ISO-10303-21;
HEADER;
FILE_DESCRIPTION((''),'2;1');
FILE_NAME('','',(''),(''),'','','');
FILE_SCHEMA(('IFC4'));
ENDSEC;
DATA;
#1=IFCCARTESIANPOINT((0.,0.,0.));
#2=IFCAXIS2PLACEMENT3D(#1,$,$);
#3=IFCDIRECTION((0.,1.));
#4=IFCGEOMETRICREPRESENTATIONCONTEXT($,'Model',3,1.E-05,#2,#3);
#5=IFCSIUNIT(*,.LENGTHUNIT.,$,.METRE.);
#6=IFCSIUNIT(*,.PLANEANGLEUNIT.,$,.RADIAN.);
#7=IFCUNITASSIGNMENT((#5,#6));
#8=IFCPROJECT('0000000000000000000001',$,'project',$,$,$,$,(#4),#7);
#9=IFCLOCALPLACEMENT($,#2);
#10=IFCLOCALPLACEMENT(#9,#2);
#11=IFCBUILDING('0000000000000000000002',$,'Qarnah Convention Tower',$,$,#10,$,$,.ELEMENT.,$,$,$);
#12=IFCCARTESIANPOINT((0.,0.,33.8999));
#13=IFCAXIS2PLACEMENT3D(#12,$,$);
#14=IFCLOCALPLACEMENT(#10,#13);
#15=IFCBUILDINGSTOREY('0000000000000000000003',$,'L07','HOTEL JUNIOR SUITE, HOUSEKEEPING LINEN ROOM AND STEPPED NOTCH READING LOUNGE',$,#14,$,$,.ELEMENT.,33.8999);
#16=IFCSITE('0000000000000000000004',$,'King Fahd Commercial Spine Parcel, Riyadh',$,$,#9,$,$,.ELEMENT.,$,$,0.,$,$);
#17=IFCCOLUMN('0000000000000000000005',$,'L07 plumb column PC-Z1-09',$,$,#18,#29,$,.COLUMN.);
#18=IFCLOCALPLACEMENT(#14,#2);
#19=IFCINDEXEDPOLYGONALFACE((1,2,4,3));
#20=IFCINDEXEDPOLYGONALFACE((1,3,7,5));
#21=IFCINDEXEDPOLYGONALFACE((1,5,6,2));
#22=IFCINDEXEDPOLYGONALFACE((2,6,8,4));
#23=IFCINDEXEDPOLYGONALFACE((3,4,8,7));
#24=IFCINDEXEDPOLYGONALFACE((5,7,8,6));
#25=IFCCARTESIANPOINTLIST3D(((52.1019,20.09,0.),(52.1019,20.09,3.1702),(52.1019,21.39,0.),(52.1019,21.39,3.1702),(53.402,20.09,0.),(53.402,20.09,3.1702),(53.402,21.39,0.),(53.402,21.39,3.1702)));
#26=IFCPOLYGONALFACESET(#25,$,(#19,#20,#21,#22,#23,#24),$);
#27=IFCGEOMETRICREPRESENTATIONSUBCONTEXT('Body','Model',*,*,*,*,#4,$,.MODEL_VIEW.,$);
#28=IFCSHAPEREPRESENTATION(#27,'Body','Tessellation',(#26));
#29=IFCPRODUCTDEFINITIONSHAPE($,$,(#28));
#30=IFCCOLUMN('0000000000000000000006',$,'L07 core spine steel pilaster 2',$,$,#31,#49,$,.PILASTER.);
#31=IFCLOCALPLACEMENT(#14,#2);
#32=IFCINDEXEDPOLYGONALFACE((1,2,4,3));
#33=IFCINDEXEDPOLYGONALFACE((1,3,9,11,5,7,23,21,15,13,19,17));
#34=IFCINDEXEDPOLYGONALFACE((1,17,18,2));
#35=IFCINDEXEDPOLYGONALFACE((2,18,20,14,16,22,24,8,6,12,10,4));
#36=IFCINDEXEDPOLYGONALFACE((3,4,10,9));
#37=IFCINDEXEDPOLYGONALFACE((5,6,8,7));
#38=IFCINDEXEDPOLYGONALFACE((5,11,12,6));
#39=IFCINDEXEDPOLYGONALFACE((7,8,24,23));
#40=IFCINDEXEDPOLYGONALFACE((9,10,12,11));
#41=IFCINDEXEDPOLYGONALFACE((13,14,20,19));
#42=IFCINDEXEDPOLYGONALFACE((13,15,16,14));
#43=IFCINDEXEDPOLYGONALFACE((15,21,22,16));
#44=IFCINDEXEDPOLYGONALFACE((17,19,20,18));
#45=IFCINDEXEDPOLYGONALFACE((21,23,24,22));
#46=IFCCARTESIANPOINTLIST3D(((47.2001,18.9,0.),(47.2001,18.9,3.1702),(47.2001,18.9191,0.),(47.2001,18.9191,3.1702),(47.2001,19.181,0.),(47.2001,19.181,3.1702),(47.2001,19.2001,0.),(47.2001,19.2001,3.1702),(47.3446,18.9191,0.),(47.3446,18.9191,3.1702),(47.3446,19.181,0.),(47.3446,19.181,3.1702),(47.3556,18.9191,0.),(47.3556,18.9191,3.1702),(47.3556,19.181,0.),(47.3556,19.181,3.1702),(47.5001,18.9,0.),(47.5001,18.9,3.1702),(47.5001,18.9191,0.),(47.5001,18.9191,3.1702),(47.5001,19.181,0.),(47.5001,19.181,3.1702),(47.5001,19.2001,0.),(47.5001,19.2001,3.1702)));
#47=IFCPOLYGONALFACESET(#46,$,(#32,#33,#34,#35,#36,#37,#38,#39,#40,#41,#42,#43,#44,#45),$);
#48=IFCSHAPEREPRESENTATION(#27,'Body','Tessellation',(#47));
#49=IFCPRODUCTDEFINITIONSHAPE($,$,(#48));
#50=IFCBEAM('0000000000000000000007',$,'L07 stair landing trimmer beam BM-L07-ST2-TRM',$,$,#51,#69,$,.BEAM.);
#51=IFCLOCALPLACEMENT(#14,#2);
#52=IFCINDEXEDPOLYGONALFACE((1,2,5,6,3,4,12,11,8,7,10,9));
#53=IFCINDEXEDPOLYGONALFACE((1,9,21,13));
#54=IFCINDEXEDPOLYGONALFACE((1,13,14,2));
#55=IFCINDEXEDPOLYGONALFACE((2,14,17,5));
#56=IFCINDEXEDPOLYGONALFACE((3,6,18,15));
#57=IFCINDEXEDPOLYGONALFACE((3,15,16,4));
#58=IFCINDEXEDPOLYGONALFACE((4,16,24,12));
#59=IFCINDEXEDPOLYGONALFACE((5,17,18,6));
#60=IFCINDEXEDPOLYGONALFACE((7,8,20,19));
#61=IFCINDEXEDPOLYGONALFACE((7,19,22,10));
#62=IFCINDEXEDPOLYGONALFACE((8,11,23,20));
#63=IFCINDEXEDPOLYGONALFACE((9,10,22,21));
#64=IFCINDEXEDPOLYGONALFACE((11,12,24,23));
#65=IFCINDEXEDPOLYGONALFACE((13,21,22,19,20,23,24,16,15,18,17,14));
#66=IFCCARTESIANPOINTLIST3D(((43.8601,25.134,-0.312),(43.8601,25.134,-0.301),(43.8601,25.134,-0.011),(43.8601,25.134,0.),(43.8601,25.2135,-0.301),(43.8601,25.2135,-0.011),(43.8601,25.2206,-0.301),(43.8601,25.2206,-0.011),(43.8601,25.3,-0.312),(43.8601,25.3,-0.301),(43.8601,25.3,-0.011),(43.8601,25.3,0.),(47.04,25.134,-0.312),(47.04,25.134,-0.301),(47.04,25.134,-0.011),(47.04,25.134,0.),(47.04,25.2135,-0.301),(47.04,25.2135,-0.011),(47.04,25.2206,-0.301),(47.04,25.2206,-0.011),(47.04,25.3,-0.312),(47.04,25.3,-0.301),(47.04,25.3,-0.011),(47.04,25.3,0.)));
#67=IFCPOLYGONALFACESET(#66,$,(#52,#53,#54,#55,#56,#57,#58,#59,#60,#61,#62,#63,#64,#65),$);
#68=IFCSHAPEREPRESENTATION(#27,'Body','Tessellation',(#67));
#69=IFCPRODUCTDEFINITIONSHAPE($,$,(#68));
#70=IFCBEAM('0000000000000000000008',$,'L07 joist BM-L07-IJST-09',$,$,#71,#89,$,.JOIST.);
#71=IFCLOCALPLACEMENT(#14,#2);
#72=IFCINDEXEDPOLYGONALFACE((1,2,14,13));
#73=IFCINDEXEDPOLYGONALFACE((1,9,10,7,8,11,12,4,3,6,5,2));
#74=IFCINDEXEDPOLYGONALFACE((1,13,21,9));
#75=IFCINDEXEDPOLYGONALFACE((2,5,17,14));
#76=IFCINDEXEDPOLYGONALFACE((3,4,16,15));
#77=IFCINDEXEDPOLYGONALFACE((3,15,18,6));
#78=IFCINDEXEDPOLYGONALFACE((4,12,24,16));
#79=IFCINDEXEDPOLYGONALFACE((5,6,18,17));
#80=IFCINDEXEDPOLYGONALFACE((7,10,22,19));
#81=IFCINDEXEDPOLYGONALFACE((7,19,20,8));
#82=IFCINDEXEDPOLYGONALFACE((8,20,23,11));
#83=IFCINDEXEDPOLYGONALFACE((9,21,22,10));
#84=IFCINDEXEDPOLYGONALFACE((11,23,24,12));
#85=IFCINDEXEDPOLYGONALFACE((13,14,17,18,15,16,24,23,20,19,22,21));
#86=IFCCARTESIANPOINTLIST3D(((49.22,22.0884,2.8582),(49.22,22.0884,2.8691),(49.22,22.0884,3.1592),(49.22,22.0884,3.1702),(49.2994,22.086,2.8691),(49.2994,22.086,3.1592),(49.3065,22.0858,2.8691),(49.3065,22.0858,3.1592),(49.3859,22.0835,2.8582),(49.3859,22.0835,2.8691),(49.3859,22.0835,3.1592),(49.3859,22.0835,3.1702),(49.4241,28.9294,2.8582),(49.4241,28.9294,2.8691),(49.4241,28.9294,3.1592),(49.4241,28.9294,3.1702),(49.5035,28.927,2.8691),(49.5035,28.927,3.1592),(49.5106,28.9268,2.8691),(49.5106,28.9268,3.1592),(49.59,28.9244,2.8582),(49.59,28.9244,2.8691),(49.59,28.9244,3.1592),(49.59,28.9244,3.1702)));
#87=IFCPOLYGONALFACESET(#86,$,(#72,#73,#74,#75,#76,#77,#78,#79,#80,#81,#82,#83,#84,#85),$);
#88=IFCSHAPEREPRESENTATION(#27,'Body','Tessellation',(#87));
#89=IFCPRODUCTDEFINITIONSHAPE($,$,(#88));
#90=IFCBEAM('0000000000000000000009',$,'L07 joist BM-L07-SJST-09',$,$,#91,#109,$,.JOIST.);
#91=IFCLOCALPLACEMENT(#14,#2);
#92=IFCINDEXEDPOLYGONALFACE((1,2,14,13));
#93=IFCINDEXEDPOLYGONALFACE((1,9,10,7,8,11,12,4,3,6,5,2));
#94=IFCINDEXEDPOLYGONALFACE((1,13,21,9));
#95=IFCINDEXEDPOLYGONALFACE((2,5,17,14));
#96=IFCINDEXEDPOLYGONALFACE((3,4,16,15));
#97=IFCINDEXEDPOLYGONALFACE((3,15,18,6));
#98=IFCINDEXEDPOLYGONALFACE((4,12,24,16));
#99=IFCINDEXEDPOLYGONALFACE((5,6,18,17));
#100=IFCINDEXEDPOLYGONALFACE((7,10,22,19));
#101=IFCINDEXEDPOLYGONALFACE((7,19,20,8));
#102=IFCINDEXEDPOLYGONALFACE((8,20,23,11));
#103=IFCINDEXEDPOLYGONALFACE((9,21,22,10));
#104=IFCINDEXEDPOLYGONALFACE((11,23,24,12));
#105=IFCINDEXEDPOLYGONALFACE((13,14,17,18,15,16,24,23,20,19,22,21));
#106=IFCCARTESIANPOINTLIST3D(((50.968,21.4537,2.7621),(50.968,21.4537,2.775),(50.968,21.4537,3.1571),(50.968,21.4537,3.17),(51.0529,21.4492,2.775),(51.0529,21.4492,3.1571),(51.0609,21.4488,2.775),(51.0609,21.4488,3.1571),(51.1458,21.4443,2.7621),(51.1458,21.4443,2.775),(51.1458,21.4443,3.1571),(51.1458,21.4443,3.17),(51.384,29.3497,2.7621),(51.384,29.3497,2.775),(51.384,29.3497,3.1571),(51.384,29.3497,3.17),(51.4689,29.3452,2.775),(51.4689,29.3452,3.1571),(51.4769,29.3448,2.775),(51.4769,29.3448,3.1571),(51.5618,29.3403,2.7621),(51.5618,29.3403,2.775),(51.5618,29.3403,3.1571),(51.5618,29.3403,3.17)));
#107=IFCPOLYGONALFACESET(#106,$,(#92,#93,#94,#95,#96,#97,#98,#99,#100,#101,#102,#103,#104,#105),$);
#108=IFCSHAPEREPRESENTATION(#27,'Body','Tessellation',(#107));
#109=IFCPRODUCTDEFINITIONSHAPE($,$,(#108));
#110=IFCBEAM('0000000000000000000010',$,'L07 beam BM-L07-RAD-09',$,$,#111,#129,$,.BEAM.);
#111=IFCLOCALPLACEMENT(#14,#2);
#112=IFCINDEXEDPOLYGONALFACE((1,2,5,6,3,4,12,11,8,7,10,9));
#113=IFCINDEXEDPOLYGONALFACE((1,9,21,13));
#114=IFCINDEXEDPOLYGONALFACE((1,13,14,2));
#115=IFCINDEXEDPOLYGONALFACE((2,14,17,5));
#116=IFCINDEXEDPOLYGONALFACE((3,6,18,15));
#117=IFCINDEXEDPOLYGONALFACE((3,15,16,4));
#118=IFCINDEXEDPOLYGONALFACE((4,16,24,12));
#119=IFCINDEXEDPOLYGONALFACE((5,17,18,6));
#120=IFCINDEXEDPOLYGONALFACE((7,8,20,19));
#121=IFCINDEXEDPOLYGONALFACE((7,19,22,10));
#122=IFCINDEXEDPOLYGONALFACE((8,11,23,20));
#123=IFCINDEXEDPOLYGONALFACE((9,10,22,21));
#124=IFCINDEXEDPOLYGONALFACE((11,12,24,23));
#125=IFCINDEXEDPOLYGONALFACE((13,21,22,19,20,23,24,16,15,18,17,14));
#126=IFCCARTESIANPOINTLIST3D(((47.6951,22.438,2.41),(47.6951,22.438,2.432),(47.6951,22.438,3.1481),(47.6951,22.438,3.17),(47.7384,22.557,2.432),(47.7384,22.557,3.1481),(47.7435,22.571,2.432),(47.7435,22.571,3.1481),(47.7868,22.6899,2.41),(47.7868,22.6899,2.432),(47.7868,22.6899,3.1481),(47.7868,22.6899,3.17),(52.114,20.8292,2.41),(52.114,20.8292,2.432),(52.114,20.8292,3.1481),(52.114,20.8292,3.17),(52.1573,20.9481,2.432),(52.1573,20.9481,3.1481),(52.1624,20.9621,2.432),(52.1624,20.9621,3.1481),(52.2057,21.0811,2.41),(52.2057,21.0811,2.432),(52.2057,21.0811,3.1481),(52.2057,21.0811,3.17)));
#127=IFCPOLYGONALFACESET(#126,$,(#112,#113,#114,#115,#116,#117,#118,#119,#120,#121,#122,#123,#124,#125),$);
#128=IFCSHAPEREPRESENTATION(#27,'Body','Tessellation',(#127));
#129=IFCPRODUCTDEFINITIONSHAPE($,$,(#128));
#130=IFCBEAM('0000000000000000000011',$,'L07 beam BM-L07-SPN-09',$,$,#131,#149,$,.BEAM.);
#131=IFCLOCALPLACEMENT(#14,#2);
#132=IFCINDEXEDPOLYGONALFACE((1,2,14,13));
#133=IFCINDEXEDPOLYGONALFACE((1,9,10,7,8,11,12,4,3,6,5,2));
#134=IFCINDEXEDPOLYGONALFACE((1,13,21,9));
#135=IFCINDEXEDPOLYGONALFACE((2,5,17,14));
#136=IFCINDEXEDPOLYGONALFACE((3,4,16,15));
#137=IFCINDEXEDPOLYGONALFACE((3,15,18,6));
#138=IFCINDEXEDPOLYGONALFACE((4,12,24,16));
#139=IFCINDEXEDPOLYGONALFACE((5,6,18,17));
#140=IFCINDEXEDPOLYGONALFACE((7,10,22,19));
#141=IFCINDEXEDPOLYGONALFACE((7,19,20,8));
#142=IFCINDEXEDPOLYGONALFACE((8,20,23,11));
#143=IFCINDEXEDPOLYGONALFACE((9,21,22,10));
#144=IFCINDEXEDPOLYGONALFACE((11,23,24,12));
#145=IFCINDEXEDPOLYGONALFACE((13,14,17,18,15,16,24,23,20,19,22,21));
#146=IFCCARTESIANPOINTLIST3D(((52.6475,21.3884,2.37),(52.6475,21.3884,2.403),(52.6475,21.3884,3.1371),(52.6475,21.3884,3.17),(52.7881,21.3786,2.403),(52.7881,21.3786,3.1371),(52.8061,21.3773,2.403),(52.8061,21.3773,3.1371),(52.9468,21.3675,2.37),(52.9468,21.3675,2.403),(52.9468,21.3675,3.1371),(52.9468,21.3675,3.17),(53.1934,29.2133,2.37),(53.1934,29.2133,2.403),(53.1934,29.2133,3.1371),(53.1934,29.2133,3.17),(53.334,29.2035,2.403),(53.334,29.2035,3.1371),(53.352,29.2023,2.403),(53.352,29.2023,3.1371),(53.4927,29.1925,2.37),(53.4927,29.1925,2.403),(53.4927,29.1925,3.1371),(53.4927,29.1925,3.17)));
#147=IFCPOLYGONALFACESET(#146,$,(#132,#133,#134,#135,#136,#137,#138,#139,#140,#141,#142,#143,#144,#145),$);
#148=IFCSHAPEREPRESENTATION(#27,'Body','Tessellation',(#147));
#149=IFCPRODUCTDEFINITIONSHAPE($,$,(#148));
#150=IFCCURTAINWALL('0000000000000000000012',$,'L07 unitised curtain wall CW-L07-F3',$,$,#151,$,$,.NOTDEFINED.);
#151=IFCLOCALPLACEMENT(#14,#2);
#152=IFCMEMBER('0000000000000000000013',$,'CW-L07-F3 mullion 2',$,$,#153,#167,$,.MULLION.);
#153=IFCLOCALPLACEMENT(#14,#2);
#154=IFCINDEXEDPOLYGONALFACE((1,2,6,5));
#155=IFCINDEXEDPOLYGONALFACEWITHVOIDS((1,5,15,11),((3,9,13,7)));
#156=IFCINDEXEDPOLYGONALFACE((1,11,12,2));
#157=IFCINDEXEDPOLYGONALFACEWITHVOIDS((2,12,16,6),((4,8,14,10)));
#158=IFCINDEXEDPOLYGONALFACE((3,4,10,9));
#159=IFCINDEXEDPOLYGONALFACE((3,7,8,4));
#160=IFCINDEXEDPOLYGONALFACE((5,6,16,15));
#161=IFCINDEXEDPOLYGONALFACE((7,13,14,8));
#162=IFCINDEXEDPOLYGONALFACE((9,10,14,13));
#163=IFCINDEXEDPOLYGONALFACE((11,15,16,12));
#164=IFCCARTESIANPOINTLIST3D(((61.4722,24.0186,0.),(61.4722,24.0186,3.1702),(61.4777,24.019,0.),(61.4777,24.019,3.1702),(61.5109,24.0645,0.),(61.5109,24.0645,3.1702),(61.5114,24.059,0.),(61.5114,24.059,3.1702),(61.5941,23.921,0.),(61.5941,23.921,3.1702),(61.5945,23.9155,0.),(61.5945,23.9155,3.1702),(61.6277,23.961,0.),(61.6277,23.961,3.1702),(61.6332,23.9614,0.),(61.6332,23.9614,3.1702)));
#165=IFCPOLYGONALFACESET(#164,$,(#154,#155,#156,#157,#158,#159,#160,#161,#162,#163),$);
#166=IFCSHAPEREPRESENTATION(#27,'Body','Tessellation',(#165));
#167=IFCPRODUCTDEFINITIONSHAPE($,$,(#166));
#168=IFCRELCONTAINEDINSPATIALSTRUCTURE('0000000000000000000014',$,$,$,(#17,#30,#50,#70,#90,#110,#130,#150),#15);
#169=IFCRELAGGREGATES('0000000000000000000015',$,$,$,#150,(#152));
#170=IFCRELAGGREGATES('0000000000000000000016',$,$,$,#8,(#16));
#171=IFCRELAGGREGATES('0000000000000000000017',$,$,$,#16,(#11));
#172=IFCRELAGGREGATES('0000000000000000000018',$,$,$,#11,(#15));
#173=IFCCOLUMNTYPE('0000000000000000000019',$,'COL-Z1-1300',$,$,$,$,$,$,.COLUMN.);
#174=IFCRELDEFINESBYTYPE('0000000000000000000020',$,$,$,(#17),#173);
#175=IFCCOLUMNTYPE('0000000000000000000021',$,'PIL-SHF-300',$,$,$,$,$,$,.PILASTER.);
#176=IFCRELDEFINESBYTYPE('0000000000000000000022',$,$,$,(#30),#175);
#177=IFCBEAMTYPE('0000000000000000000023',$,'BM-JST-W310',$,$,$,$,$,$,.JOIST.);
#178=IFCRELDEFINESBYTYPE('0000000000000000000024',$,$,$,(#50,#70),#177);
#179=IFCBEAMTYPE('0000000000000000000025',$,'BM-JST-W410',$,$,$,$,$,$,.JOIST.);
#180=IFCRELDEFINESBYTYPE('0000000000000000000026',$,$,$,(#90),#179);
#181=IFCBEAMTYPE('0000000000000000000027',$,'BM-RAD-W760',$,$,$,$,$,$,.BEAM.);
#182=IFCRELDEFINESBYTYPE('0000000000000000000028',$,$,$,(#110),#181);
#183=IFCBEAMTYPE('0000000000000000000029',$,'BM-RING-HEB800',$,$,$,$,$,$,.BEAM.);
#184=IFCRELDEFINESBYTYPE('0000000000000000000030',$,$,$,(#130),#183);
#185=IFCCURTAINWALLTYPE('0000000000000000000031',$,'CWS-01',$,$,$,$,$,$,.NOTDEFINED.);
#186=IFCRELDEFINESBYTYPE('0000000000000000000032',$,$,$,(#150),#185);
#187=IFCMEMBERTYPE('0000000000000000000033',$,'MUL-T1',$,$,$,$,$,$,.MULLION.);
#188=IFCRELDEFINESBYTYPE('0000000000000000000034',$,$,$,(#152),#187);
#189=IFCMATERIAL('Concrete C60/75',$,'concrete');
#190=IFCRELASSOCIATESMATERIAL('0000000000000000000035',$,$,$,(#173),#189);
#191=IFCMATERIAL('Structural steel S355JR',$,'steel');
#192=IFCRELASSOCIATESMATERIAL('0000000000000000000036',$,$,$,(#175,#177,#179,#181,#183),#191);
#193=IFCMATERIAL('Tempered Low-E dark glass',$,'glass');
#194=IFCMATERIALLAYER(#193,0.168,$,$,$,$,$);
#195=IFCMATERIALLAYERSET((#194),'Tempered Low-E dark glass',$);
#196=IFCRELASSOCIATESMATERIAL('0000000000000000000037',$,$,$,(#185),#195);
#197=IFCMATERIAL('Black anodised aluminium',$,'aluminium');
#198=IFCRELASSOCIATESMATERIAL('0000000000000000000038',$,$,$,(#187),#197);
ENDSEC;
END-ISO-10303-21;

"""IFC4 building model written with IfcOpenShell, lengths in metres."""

from ifc_helpers import new_model, si_unit, direction, frame, origin, origin_2d, place, context, subcontext, project, spatial, rectangle, hollow_rectangle, i_section, extrude, material, layer, layer_set, material_profile, profile_set, type_object, element, aggregate, save


model = new_model("IFC4")

# Units and contexts
model_context = context("Model", 3, precision=1e-05, world=origin(), true_north=direction((0.0, 1.0)))
body_context = subcontext(model_context, "Body", "Model", "MODEL_VIEW")
ifc_project = project(units=[si_unit("LENGTHUNIT", "METRE"), si_unit("PLANEANGLEUNIT", "RADIAN")], contexts=[model_context])

# Site, building, storey
site_placement = place(None, origin())
site = spatial("IfcSite", under=ifc_project, at=site_placement, Name="King Fahd Commercial Spine Parcel, Riyadh", CompositionType="ELEMENT", RefElevation=0.0)
building_placement = place(site_placement, origin())
building = spatial("IfcBuilding", under=site, at=building_placement, Name="Qarnah Convention Tower", CompositionType="ELEMENT")
storey_placement = place(building_placement, frame((0.0, 0.0, 33.8999)))
storey = spatial("IfcBuildingStorey", under=building, at=storey_placement, Name="L07", Description="HOTEL JUNIOR SUITE, HOUSEKEEPING LINEN ROOM AND STEPPED NOTCH READING LOUNGE", CompositionType="ELEMENT", Elevation=33.8999)

# Columns
ifc_material_1 = material(Name="Concrete C60/75", Category="concrete")
ifc_material_profile_1 = material_profile(ifc_material_1, rectangle(XDim=1.3, YDim=1.3, at=origin_2d()), Name="RC-COL-1300X1300")
ifc_profile_set_1 = profile_set([ifc_material_profile_1], Name="Concrete C60/75")
column_type_1 = type_object("IfcColumnType", Name="COL-Z1-1300", PredefinedType="COLUMN", material=ifc_profile_set_1)
column_1_placement = place(storey_placement, frame((52.752, 20.74, 0.0), z_axis=(0.0, 0.0, 1.0), x_axis=(1.0, 0.0, 0.0)))
element("IfcColumn", 1, at=column_1_placement, inside=storey, type_object=column_type_1, Name="L07 plumb column PC-Z1-09", PredefinedType="COLUMN", context=body_context, shape_type="SweptSolid", body=[
    extrude(rectangle(XDim=1.3, YDim=1.3, at=origin_2d()), origin(), (0.0, 0.0, 1.0), 3.1702),
])
ifc_material_2 = material(Name="Structural steel S355JR", Category="steel")
ifc_material_profile_2 = material_profile(ifc_material_2, i_section(OverallWidth=0.3, OverallDepth=0.3, WebThickness=0.011, FlangeThickness=0.019, at=origin_2d()), Name="HEB300")
ifc_profile_set_2 = profile_set([ifc_material_profile_2], Name="Structural steel S355JR")
column_type_2 = type_object("IfcColumnType", Name="PIL-SHF-300", PredefinedType="PILASTER", material=ifc_profile_set_2)
column_2_placement = place(storey_placement, frame((47.3501, 19.05, 0.0), z_axis=(0.0, 0.0, 1.0), x_axis=(1.0, 0.0, 0.0)))
element("IfcColumn", 2, at=column_2_placement, inside=storey, type_object=column_type_2, Name="L07 core spine steel pilaster 2", PredefinedType="PILASTER", context=body_context, shape_type="SweptSolid", body=[
    extrude(i_section(OverallWidth=0.3, OverallDepth=0.3, WebThickness=0.011, FlangeThickness=0.019, at=origin_2d()), origin(), (0.0, 0.0, 1.0), 3.1702),
])

# Beams
ifc_material_profile_3 = material_profile(ifc_material_2, i_section(OverallWidth=0.166, OverallDepth=0.312, WebThickness=0.0071, FlangeThickness=0.011, at=origin_2d()), Name="W310X45")
ifc_profile_set_3 = profile_set([ifc_material_profile_3], Name="Structural steel S355JR")
beam_type_1 = type_object("IfcBeamType", Name="BM-JST-W310", PredefinedType="JOIST", material=ifc_profile_set_3)
beam_1_placement = place(storey_placement, frame((43.8601, 25.217, -0.156), z_axis=(1.0, 0.0, 0.0), x_axis=(0.0, 1.0, 0.0)))
element("IfcBeam", 3, at=beam_1_placement, inside=storey, type_object=beam_type_1, Name="L07 stair landing trimmer beam BM-L07-ST2-TRM", PredefinedType="BEAM", context=body_context, shape_type="SweptSolid", body=[
    extrude(i_section(OverallWidth=0.166, OverallDepth=0.312, WebThickness=0.0071, FlangeThickness=0.011, at=origin_2d()), origin(), (0.0, 0.0, 1.0), 3.1799),
])
beam_2_placement = place(storey_placement, frame((49.303, 22.0859, 3.0142), z_axis=(0.029821, 0.999555, 0.0), x_axis=(-0.999555, 0.029821, 0.0)))
element("IfcBeam", 4, at=beam_2_placement, inside=storey, type_object=beam_type_1, Name="L07 joist BM-L07-IJST-09", PredefinedType="JOIST", context=body_context, shape_type="SweptSolid", body=[
    extrude(i_section(OverallWidth=0.166, OverallDepth=0.312, WebThickness=0.0071, FlangeThickness=0.011, at=origin_2d()), origin(), (0.0, 0.0, 1.0), 6.844),
])
ifc_material_profile_4 = material_profile(ifc_material_2, i_section(OverallWidth=0.178, OverallDepth=0.408, WebThickness=0.0081, FlangeThickness=0.0129, at=origin_2d()), Name="W410X60")
ifc_profile_set_4 = profile_set([ifc_material_profile_4], Name="Structural steel S355JR")
beam_type_2 = type_object("IfcBeamType", Name="BM-JST-W410", PredefinedType="JOIST", material=ifc_profile_set_4)
beam_3_placement = place(storey_placement, frame((51.0569, 21.449, 2.9661), z_axis=(0.052614, 0.998615, 0.0), x_axis=(-0.998615, 0.052614, 0.0)))
element("IfcBeam", 5, at=beam_3_placement, inside=storey, type_object=beam_type_2, Name="L07 joist BM-L07-SJST-09", PredefinedType="JOIST", context=body_context, shape_type="SweptSolid", body=[
    extrude(i_section(OverallWidth=0.178, OverallDepth=0.408, WebThickness=0.0081, FlangeThickness=0.0129, at=origin_2d()), origin(), (0.0, 0.0, 1.0), 7.907),
])
ifc_material_profile_5 = material_profile(ifc_material_2, i_section(OverallWidth=0.2681, OverallDepth=0.76, WebThickness=0.0149, FlangeThickness=0.022, at=origin_2d()), Name="W760X185")
ifc_profile_set_5 = profile_set([ifc_material_profile_5], Name="Structural steel S355JR")
beam_type_3 = type_object("IfcBeamType", Name="BM-RAD-W760", PredefinedType="BEAM", material=ifc_profile_set_5)
beam_4_placement = place(storey_placement, frame((47.741, 22.564, 2.79), z_axis=(0.939657, -0.342118, 0.0), x_axis=(0.342118, 0.939657, 0.0)))
element("IfcBeam", 6, at=beam_4_placement, inside=storey, type_object=beam_type_3, Name="L07 beam BM-L07-RAD-09", PredefinedType="BEAM", context=body_context, shape_type="SweptSolid", body=[
    extrude(i_section(OverallWidth=0.2681, OverallDepth=0.76, WebThickness=0.0149, FlangeThickness=0.022, at=origin_2d()), origin(), (0.0, 0.0, 1.0), 4.7026),
])
ifc_material_profile_6 = material_profile(ifc_material_2, i_section(OverallWidth=0.3, OverallDepth=0.8, WebThickness=0.0181, FlangeThickness=0.033, at=origin_2d()), Name="HEB800")
ifc_profile_set_6 = profile_set([ifc_material_profile_6], Name="Structural steel S355JR")
beam_type_4 = type_object("IfcBeamType", Name="BM-RING-HEB800", PredefinedType="BEAM", material=ifc_profile_set_6)
beam_5_placement = place(storey_placement, frame((52.7971, 21.3779, 2.77), z_axis=(0.069595, 0.997575, 0.0), x_axis=(-0.997575, 0.069595, 0.0)))
element("IfcBeam", 7, at=beam_5_placement, inside=storey, type_object=beam_type_4, Name="L07 beam BM-L07-SPN-09", PredefinedType="BEAM", context=body_context, shape_type="SweptSolid", body=[
    extrude(i_section(OverallWidth=0.3, OverallDepth=0.8, WebThickness=0.0181, FlangeThickness=0.033, at=origin_2d()), origin(), (0.0, 0.0, 1.0), 7.844),
])

# Curtain wall, member
ifc_material_3 = material(Name="Tempered Low-E dark glass", Category="glass")
ifc_layer_1 = layer(ifc_material_3, 0.168)
ifc_layer_set_1 = layer_set([ifc_layer_1], Name="Tempered Low-E dark glass")
curtain_wall_type = type_object("IfcCurtainWallType", Name="CWS-01", PredefinedType="NOTDEFINED", material=ifc_layer_set_1)
curtain_wall_placement = place(storey_placement, origin())
curtain_wall = element("IfcCurtainWall", 8, at=curtain_wall_placement, inside=storey, type_object=curtain_wall_type, Name="L07 unitised curtain wall CW-L07-F3", PredefinedType="NOTDEFINED")
ifc_material_4 = material(Name="Black anodised aluminium", Category="aluminium")
ifc_material_profile_7 = material_profile(ifc_material_4, hollow_rectangle(XDim=0.0601, YDim=0.1599, WallThickness=0.0039, at=origin_2d()), Name="MUL-60X160")
ifc_profile_set_7 = profile_set([ifc_material_profile_7], Name="Black anodised aluminium")
member_type = type_object("IfcMemberType", Name="MUL-T1", PredefinedType="MULLION", material=ifc_profile_set_7)
member_1_placement = place(storey_placement, frame((61.5527, 23.99, 0.0), z_axis=(0.0, 0.0, 1.0), x_axis=(-0.644401, -0.764688, 0.0)))
member_1 = element("IfcMember", 9, at=member_1_placement, type_object=member_type, Name="CW-L07-F3 mullion 2", PredefinedType="MULLION", context=body_context, shape_type="SweptSolid", body=[
    extrude(hollow_rectangle(XDim=0.0601, YDim=0.1599, WallThickness=0.0039, at=origin_2d()), origin(), (0.0, 0.0, 1.0), 3.1702),
])
aggregate(curtain_wall, [member_1])

save(model, "model.ifc")
